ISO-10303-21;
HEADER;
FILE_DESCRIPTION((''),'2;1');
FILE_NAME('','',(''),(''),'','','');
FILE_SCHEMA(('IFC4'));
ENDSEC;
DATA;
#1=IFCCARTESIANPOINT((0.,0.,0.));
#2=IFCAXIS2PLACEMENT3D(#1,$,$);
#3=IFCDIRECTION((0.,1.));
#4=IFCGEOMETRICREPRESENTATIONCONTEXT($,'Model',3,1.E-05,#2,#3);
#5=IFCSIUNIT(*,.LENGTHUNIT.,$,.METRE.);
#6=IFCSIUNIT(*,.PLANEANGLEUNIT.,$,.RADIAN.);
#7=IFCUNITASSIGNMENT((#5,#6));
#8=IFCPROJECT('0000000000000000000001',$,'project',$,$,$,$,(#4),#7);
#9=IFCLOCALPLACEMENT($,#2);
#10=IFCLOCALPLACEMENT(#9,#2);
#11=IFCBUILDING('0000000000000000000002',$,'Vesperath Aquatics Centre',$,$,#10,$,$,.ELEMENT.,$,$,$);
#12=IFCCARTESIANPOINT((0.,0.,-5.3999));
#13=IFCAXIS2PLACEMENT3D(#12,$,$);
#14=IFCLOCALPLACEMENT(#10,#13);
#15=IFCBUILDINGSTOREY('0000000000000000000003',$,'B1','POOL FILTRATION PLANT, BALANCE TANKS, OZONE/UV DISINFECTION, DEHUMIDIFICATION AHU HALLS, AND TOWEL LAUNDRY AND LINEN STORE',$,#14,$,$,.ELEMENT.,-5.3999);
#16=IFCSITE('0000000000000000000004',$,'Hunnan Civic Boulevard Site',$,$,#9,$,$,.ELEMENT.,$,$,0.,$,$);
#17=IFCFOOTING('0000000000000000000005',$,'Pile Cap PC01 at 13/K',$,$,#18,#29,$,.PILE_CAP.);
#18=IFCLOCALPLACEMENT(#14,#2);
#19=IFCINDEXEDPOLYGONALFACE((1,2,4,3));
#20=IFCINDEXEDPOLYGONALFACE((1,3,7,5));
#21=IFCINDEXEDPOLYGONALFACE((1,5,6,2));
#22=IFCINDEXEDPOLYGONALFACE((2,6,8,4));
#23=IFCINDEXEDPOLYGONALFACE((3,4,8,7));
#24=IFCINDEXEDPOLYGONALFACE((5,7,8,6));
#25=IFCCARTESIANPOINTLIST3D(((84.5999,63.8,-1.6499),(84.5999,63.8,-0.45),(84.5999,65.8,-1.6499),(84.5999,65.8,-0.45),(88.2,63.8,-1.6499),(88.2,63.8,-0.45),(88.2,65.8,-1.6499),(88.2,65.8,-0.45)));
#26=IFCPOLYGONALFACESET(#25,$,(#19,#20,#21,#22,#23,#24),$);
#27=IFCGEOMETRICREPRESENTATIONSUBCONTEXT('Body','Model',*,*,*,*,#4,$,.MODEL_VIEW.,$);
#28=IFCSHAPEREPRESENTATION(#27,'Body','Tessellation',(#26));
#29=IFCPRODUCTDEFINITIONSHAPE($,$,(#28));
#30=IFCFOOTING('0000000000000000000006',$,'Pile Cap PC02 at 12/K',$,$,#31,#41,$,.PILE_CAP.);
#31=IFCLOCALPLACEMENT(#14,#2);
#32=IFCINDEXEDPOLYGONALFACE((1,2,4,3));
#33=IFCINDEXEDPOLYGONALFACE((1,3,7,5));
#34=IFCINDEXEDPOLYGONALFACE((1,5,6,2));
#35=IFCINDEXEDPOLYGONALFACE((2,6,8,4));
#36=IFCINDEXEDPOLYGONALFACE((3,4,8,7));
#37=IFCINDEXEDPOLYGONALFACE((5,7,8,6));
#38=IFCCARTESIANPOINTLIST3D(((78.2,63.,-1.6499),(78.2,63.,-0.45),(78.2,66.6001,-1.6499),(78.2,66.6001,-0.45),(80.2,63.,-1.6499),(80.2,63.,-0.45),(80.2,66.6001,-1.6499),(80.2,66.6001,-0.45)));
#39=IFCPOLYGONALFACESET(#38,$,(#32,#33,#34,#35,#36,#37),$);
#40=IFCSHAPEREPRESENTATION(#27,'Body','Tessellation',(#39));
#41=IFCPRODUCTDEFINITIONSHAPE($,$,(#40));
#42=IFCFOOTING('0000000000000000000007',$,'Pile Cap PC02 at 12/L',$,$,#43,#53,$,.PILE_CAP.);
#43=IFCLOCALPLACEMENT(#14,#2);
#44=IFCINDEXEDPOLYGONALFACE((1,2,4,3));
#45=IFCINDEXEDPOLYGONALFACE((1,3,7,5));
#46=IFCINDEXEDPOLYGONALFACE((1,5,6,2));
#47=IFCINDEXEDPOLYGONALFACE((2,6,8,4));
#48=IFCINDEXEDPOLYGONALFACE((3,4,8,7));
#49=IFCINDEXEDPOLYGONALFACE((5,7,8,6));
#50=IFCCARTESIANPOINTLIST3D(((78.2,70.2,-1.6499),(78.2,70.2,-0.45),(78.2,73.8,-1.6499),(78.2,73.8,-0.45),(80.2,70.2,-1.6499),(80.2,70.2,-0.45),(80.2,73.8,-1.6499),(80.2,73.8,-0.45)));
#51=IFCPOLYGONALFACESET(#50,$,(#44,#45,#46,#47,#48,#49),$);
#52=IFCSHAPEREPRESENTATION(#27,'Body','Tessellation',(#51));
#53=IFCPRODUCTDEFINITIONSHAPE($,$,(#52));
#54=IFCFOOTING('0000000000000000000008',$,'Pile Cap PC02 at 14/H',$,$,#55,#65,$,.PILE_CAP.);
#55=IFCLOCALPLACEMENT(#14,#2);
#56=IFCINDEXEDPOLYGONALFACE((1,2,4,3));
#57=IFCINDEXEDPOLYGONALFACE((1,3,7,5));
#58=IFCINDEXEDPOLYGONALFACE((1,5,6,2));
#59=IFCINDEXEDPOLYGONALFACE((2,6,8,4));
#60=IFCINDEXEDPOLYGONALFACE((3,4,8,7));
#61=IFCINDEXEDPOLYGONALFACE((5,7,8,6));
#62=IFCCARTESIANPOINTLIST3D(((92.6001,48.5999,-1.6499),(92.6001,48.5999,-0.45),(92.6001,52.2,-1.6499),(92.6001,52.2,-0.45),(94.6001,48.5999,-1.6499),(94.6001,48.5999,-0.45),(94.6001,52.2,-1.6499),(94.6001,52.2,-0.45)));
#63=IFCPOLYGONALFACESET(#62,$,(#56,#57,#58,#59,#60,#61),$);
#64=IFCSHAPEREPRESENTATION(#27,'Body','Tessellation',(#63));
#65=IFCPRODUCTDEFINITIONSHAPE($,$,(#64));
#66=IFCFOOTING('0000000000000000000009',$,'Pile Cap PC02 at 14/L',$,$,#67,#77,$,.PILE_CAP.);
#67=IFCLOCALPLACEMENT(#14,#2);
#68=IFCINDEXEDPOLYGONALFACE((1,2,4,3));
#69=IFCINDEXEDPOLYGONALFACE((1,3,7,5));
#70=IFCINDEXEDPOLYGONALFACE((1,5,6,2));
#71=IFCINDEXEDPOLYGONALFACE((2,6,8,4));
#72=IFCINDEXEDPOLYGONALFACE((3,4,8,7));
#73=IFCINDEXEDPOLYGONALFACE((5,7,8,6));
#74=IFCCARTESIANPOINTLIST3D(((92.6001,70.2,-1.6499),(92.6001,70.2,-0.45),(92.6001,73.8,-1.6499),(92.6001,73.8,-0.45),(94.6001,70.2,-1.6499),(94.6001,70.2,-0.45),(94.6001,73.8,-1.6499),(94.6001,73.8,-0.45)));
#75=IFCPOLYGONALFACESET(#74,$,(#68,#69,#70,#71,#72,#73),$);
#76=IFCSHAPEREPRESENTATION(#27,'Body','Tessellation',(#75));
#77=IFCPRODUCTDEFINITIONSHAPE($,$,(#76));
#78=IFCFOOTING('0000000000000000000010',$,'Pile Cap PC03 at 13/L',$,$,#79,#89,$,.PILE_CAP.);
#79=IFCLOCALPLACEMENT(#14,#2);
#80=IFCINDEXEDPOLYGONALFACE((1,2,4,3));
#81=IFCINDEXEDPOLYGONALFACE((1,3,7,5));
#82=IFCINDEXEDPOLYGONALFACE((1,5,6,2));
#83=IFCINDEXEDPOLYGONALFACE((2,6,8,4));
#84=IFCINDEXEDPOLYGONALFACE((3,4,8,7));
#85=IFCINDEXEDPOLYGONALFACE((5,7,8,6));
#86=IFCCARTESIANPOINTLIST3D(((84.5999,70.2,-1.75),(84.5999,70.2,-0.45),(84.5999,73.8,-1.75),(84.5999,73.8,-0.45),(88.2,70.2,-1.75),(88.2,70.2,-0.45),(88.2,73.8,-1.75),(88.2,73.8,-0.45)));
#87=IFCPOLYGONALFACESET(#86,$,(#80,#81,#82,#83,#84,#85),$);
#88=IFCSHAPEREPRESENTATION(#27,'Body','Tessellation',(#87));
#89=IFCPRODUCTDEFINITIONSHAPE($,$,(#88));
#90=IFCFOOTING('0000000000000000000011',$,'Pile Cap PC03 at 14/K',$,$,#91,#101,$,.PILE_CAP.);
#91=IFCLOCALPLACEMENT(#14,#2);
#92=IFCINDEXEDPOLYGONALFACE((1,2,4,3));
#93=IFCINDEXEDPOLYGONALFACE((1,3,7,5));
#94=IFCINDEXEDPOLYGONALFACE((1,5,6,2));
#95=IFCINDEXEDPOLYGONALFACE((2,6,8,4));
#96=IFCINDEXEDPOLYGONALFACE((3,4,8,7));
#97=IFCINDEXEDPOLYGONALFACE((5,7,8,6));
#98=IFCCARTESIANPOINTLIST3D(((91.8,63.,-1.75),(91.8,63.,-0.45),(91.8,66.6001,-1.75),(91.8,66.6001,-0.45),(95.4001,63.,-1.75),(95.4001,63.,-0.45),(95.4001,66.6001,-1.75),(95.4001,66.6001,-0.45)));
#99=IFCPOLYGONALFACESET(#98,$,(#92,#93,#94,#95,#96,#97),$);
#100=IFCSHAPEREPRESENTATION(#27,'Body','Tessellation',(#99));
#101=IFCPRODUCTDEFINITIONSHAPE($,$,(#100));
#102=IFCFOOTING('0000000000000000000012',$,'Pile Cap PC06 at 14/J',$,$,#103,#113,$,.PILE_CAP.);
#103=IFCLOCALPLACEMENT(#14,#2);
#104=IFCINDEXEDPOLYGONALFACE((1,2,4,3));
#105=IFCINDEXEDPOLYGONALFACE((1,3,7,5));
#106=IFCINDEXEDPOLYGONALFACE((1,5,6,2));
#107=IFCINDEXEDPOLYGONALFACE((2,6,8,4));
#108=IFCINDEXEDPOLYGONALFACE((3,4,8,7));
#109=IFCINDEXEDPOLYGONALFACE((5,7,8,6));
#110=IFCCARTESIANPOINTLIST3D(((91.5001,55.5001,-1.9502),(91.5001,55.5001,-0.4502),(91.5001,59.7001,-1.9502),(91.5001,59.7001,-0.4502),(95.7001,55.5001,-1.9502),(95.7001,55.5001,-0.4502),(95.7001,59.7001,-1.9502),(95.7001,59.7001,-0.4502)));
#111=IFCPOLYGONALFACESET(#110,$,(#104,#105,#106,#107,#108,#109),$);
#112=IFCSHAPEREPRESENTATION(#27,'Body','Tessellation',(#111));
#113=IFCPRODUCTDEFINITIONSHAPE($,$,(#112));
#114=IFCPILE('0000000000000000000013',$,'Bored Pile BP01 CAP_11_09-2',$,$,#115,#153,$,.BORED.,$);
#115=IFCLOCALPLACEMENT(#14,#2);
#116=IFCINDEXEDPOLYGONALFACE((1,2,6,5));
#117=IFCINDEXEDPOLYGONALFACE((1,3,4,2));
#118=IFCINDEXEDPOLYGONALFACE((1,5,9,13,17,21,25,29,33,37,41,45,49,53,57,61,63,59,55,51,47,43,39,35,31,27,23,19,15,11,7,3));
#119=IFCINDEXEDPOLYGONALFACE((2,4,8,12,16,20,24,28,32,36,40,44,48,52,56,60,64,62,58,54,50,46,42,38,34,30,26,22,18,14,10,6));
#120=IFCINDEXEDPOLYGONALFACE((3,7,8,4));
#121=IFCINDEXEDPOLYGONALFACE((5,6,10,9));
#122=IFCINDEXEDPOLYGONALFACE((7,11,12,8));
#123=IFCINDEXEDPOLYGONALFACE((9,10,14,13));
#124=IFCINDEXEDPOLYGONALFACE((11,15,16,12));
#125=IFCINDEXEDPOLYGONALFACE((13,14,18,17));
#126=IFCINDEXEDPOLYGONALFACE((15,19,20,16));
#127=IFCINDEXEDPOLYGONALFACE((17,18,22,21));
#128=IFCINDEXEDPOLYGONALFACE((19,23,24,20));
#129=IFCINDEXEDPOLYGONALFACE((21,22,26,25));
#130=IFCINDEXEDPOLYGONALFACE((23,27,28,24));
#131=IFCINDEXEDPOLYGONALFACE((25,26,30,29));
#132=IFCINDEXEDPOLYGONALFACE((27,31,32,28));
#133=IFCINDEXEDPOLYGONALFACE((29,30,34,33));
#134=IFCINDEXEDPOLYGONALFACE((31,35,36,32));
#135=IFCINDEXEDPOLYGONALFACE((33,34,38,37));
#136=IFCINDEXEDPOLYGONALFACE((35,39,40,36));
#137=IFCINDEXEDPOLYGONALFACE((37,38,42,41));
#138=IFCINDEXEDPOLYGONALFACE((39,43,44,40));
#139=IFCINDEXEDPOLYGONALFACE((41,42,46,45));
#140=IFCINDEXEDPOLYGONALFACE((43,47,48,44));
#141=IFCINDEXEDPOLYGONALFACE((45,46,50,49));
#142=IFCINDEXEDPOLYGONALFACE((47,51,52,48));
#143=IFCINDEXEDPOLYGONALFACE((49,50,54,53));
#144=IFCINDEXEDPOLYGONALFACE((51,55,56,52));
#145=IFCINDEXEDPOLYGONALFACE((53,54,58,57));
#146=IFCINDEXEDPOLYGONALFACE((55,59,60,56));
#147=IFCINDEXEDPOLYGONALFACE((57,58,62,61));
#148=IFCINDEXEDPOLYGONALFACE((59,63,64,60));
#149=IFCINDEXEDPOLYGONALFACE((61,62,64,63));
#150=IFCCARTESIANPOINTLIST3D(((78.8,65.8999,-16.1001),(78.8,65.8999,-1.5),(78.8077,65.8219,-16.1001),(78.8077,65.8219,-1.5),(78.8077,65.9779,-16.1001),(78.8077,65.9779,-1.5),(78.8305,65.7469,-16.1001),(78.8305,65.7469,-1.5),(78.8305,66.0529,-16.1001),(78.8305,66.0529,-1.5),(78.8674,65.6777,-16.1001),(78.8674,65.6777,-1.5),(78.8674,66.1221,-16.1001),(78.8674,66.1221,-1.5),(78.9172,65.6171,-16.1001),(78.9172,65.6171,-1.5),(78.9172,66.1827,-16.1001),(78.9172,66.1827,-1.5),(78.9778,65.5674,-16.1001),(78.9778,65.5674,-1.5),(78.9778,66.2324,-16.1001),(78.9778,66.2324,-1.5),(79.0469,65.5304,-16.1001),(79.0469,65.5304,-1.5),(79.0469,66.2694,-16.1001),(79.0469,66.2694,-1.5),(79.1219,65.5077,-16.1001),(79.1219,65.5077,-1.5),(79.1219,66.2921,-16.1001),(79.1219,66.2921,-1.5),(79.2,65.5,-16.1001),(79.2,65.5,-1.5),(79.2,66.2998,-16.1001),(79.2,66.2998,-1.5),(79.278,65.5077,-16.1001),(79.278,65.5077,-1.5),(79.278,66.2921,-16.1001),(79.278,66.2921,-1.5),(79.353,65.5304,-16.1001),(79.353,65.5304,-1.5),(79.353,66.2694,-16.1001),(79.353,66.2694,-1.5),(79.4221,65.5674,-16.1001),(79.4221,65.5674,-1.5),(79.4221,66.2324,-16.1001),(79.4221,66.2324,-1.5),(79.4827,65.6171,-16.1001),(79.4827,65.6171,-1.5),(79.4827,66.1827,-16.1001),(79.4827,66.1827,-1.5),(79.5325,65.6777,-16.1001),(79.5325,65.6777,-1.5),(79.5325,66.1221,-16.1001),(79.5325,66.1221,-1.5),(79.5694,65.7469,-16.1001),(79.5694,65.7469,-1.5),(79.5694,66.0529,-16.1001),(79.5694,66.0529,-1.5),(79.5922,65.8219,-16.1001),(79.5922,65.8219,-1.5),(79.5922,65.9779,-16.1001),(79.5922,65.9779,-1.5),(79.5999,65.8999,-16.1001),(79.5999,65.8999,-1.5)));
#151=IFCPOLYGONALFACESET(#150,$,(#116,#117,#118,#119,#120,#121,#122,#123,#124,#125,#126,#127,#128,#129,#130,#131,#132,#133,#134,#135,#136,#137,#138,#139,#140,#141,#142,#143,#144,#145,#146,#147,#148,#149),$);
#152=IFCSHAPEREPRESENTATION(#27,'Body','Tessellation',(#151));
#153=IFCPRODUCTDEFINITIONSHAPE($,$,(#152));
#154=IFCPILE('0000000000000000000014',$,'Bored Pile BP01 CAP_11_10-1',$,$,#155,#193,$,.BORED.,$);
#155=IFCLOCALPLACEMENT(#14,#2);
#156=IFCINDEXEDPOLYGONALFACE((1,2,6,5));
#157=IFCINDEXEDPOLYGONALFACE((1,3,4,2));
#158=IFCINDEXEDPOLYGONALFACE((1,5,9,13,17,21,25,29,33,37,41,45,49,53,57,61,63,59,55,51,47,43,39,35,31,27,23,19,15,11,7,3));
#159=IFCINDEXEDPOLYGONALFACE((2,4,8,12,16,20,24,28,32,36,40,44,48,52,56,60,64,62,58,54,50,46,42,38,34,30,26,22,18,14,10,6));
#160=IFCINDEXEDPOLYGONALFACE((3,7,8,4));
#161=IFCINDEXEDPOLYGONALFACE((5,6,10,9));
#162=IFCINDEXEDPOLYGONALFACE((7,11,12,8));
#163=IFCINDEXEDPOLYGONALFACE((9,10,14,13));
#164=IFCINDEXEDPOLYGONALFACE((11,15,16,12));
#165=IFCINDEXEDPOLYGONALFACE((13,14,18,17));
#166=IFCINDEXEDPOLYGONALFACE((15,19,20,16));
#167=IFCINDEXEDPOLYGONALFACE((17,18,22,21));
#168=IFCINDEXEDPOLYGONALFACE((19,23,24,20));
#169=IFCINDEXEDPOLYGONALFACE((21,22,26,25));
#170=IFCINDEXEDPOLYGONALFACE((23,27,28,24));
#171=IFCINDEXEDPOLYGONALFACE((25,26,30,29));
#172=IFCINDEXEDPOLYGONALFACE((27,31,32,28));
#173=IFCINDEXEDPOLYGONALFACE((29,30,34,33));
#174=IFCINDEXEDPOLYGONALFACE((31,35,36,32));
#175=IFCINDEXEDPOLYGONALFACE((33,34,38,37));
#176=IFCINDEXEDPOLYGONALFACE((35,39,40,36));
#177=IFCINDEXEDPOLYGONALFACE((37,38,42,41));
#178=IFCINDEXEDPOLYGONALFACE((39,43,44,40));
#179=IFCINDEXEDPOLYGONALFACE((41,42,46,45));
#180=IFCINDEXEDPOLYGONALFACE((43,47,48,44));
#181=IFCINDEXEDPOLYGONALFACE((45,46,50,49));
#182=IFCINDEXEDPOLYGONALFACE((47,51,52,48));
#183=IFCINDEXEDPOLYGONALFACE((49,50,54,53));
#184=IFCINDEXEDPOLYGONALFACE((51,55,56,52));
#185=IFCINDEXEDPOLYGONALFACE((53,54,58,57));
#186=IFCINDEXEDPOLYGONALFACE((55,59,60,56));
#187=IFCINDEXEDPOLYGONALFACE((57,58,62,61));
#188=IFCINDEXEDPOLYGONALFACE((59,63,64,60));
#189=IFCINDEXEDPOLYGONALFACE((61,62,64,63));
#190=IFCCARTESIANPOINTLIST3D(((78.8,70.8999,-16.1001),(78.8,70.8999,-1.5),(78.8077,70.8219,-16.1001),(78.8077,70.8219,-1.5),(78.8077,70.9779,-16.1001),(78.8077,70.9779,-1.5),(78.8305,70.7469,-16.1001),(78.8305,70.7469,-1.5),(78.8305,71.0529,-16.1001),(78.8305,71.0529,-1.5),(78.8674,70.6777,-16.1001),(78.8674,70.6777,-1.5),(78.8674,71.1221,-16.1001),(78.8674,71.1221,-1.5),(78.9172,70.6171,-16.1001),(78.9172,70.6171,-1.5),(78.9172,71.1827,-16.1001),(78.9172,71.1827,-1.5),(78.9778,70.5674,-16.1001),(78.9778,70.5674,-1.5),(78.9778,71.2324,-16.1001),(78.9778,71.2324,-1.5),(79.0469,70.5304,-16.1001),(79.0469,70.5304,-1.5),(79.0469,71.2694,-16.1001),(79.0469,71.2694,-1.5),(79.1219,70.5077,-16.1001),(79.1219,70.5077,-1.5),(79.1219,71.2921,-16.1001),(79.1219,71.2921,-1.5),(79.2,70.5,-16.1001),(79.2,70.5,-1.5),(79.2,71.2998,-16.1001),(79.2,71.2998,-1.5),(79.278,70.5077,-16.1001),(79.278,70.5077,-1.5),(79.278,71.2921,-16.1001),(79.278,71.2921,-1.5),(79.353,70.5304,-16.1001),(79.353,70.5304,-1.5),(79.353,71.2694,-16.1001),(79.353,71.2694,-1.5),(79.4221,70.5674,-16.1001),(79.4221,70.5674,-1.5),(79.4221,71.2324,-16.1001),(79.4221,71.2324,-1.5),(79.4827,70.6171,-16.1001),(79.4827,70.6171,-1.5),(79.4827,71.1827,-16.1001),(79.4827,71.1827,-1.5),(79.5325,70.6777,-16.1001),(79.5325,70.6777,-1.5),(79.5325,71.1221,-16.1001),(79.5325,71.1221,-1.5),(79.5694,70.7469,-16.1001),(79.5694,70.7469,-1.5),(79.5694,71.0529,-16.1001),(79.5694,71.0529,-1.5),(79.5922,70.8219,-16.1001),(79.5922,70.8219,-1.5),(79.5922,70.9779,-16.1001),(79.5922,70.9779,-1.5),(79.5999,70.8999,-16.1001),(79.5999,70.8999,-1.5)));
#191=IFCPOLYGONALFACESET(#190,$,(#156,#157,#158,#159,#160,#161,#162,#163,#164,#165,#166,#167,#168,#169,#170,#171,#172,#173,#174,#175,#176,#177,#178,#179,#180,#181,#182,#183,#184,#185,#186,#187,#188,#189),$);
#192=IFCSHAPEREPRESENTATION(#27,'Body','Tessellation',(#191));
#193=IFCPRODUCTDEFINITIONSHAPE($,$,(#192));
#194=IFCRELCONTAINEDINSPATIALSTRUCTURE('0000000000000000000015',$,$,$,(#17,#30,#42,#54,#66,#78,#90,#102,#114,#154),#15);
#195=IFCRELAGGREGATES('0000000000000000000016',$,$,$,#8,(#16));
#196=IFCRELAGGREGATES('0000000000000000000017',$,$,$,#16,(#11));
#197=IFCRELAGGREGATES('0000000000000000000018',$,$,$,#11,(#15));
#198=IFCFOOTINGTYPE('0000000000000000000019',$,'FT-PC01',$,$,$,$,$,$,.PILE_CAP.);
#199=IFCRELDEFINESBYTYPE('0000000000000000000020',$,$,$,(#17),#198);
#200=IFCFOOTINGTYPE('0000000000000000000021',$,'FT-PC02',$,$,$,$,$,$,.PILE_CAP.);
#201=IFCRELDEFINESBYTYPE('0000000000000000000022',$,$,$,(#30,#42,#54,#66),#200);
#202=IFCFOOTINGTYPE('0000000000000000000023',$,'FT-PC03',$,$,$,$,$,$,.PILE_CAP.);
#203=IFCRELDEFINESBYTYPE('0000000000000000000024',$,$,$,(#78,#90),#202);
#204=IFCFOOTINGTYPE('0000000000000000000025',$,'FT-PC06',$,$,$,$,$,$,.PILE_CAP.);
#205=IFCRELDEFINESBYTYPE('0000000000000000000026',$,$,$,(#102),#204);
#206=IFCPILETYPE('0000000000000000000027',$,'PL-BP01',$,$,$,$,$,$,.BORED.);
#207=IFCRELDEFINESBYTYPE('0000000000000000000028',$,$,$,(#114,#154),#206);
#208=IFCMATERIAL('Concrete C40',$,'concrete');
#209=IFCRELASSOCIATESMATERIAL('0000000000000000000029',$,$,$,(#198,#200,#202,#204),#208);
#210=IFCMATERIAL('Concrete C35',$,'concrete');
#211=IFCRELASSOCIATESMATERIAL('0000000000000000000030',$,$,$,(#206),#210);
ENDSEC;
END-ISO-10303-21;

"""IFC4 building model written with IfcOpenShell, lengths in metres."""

from ifc_helpers import new_model, si_unit, direction, frame, origin, origin_2d, place, context, subcontext, project, spatial, rectangle, circle, extrude, material, material_profile, profile_set, type_object, element, save


model = new_model("IFC4")

# Units and contexts
model_context = context("Model", 3, precision=1e-05, world=origin(), true_north=direction((0.0, 1.0)))
body_context = subcontext(model_context, "Body", "Model", "MODEL_VIEW")
ifc_project = project(units=[si_unit("LENGTHUNIT", "METRE"), si_unit("PLANEANGLEUNIT", "RADIAN")], contexts=[model_context])

# Site, building, storey
site_placement = place(None, origin())
site = spatial("IfcSite", under=ifc_project, at=site_placement, Name="Hunnan Civic Boulevard Site", CompositionType="ELEMENT", RefElevation=0.0)
building_placement = place(site_placement, origin())
building = spatial("IfcBuilding", under=site, at=building_placement, Name="Vesperath Aquatics Centre", CompositionType="ELEMENT")
storey_placement = place(building_placement, frame((0.0, 0.0, -5.3999)))
storey = spatial("IfcBuildingStorey", under=building, at=storey_placement, Name="B1", Description="POOL FILTRATION PLANT, BALANCE TANKS, OZONE/UV DISINFECTION, DEHUMIDIFICATION AHU HALLS, AND TOWEL LAUNDRY AND LINEN STORE", CompositionType="ELEMENT", Elevation=-5.3999)

# Footings
ifc_material_1 = material(Name="Concrete C40", Category="concrete")
footing_type_1 = type_object("IfcFootingType", Name="FT-PC01", PredefinedType="PILE_CAP", material=ifc_material_1)
footing_1_placement = place(storey_placement, frame((86.3999, 64.8, -1.6499), z_axis=(0.0, 0.0, 1.0), x_axis=(1.0, 0.0, 0.0)))
element("IfcFooting", 1, at=footing_1_placement, inside=storey, type_object=footing_type_1, Name="Pile Cap PC01 at 13/K", PredefinedType="PILE_CAP", context=body_context, shape_type="SweptSolid", body=[
    extrude(rectangle(XDim=3.6001, YDim=2.0, at=origin_2d()), origin(), (0.0, 0.0, 1.0), 1.2),
])
footing_type_2 = type_object("IfcFootingType", Name="FT-PC02", PredefinedType="PILE_CAP", material=ifc_material_1)
for number, where, z_axis, x_axis, name in (
    (2, (79.2, 64.8, -1.6499), (0.0, 0.0, 1.0), (1.0, 0.0, 0.0), "Pile Cap PC02 at 12/K"),
    (3, (79.2, 72.0, -1.6499), (0.0, 0.0, 1.0), (1.0, 0.0, 0.0), "Pile Cap PC02 at 12/L"),
    (4, (93.6001, 50.3999, -1.6499), (0.0, 0.0, 1.0), (1.0, 0.0, 0.0), "Pile Cap PC02 at 14/H"),
    (5, (93.6001, 72.0, -1.6499), (0.0, 0.0, 1.0), (1.0, 0.0, 0.0), "Pile Cap PC02 at 14/L"),
):
    element("IfcFooting", number, at=place(storey_placement, frame(where, z_axis=z_axis, x_axis=x_axis)), inside=storey, type_object=footing_type_2, Name=name, PredefinedType="PILE_CAP", context=body_context, shape_type="SweptSolid", body=[
        extrude(rectangle(XDim=2.0, YDim=3.6001, at=origin_2d()), origin(), (0.0, 0.0, 1.0), 1.2),
    ])
footing_type_3 = type_object("IfcFootingType", Name="FT-PC03", PredefinedType="PILE_CAP", material=ifc_material_1)
for number, where, z_axis, x_axis, name in (
    (6, (86.3999, 72.0, -1.75), (0.0, 0.0, 1.0), (1.0, 0.0, 0.0), "Pile Cap PC03 at 13/L"),
    (7, (93.6001, 64.8, -1.75), (0.0, 0.0, 1.0), (1.0, 0.0, 0.0), "Pile Cap PC03 at 14/K"),
):
    element("IfcFooting", number, at=place(storey_placement, frame(where, z_axis=z_axis, x_axis=x_axis)), inside=storey, type_object=footing_type_3, Name=name, PredefinedType="PILE_CAP", context=body_context, shape_type="SweptSolid", body=[
        extrude(rectangle(XDim=3.6001, YDim=3.6001, at=origin_2d()), origin(), (0.0, 0.0, 1.0), 1.3),
    ])
footing_type_4 = type_object("IfcFootingType", Name="FT-PC06", PredefinedType="PILE_CAP", material=ifc_material_1)
footing_2_placement = place(storey_placement, frame((93.6001, 57.6001, -1.9502), z_axis=(0.0, 0.0, 1.0), x_axis=(1.0, 0.0, 0.0)))
element("IfcFooting", 8, at=footing_2_placement, inside=storey, type_object=footing_type_4, Name="Pile Cap PC06 at 14/J", PredefinedType="PILE_CAP", context=body_context, shape_type="SweptSolid", body=[
    extrude(rectangle(XDim=4.2, YDim=4.2, at=origin_2d()), origin(), (0.0, 0.0, 1.0), 1.5),
])

# Piles
ifc_material_2 = material(Name="Concrete C35", Category="concrete")
ifc_material_profile_1 = material_profile(ifc_material_2, circle(Radius=0.3999, at=origin_2d()), Name="PILE D800")
ifc_profile_set_1 = profile_set([ifc_material_profile_1], Name="Concrete C35")
pile_type = type_object("IfcPileType", Name="PL-BP01", PredefinedType="BORED", material=ifc_profile_set_1)
for number, where, z_axis, x_axis, name in (
    (9, (79.2, 65.8999, -1.5), (0.0, 0.0, -1.0), (1.0, 0.0, 0.0), "Bored Pile BP01 CAP_11_09-2"),
    (10, (79.2, 70.8999, -1.5), (0.0, 0.0, -1.0), (1.0, 0.0, 0.0), "Bored Pile BP01 CAP_11_10-1"),
):
    element("IfcPile", number, at=place(storey_placement, frame(where, z_axis=z_axis, x_axis=x_axis)), inside=storey, type_object=pile_type, Name=name, PredefinedType="BORED", context=body_context, shape_type="SweptSolid", body=[
        extrude(circle(Radius=0.3999, at=origin_2d()), origin(), (0.0, 0.0, 1.0), 14.6001),
    ])

save(model, "model.ifc")
